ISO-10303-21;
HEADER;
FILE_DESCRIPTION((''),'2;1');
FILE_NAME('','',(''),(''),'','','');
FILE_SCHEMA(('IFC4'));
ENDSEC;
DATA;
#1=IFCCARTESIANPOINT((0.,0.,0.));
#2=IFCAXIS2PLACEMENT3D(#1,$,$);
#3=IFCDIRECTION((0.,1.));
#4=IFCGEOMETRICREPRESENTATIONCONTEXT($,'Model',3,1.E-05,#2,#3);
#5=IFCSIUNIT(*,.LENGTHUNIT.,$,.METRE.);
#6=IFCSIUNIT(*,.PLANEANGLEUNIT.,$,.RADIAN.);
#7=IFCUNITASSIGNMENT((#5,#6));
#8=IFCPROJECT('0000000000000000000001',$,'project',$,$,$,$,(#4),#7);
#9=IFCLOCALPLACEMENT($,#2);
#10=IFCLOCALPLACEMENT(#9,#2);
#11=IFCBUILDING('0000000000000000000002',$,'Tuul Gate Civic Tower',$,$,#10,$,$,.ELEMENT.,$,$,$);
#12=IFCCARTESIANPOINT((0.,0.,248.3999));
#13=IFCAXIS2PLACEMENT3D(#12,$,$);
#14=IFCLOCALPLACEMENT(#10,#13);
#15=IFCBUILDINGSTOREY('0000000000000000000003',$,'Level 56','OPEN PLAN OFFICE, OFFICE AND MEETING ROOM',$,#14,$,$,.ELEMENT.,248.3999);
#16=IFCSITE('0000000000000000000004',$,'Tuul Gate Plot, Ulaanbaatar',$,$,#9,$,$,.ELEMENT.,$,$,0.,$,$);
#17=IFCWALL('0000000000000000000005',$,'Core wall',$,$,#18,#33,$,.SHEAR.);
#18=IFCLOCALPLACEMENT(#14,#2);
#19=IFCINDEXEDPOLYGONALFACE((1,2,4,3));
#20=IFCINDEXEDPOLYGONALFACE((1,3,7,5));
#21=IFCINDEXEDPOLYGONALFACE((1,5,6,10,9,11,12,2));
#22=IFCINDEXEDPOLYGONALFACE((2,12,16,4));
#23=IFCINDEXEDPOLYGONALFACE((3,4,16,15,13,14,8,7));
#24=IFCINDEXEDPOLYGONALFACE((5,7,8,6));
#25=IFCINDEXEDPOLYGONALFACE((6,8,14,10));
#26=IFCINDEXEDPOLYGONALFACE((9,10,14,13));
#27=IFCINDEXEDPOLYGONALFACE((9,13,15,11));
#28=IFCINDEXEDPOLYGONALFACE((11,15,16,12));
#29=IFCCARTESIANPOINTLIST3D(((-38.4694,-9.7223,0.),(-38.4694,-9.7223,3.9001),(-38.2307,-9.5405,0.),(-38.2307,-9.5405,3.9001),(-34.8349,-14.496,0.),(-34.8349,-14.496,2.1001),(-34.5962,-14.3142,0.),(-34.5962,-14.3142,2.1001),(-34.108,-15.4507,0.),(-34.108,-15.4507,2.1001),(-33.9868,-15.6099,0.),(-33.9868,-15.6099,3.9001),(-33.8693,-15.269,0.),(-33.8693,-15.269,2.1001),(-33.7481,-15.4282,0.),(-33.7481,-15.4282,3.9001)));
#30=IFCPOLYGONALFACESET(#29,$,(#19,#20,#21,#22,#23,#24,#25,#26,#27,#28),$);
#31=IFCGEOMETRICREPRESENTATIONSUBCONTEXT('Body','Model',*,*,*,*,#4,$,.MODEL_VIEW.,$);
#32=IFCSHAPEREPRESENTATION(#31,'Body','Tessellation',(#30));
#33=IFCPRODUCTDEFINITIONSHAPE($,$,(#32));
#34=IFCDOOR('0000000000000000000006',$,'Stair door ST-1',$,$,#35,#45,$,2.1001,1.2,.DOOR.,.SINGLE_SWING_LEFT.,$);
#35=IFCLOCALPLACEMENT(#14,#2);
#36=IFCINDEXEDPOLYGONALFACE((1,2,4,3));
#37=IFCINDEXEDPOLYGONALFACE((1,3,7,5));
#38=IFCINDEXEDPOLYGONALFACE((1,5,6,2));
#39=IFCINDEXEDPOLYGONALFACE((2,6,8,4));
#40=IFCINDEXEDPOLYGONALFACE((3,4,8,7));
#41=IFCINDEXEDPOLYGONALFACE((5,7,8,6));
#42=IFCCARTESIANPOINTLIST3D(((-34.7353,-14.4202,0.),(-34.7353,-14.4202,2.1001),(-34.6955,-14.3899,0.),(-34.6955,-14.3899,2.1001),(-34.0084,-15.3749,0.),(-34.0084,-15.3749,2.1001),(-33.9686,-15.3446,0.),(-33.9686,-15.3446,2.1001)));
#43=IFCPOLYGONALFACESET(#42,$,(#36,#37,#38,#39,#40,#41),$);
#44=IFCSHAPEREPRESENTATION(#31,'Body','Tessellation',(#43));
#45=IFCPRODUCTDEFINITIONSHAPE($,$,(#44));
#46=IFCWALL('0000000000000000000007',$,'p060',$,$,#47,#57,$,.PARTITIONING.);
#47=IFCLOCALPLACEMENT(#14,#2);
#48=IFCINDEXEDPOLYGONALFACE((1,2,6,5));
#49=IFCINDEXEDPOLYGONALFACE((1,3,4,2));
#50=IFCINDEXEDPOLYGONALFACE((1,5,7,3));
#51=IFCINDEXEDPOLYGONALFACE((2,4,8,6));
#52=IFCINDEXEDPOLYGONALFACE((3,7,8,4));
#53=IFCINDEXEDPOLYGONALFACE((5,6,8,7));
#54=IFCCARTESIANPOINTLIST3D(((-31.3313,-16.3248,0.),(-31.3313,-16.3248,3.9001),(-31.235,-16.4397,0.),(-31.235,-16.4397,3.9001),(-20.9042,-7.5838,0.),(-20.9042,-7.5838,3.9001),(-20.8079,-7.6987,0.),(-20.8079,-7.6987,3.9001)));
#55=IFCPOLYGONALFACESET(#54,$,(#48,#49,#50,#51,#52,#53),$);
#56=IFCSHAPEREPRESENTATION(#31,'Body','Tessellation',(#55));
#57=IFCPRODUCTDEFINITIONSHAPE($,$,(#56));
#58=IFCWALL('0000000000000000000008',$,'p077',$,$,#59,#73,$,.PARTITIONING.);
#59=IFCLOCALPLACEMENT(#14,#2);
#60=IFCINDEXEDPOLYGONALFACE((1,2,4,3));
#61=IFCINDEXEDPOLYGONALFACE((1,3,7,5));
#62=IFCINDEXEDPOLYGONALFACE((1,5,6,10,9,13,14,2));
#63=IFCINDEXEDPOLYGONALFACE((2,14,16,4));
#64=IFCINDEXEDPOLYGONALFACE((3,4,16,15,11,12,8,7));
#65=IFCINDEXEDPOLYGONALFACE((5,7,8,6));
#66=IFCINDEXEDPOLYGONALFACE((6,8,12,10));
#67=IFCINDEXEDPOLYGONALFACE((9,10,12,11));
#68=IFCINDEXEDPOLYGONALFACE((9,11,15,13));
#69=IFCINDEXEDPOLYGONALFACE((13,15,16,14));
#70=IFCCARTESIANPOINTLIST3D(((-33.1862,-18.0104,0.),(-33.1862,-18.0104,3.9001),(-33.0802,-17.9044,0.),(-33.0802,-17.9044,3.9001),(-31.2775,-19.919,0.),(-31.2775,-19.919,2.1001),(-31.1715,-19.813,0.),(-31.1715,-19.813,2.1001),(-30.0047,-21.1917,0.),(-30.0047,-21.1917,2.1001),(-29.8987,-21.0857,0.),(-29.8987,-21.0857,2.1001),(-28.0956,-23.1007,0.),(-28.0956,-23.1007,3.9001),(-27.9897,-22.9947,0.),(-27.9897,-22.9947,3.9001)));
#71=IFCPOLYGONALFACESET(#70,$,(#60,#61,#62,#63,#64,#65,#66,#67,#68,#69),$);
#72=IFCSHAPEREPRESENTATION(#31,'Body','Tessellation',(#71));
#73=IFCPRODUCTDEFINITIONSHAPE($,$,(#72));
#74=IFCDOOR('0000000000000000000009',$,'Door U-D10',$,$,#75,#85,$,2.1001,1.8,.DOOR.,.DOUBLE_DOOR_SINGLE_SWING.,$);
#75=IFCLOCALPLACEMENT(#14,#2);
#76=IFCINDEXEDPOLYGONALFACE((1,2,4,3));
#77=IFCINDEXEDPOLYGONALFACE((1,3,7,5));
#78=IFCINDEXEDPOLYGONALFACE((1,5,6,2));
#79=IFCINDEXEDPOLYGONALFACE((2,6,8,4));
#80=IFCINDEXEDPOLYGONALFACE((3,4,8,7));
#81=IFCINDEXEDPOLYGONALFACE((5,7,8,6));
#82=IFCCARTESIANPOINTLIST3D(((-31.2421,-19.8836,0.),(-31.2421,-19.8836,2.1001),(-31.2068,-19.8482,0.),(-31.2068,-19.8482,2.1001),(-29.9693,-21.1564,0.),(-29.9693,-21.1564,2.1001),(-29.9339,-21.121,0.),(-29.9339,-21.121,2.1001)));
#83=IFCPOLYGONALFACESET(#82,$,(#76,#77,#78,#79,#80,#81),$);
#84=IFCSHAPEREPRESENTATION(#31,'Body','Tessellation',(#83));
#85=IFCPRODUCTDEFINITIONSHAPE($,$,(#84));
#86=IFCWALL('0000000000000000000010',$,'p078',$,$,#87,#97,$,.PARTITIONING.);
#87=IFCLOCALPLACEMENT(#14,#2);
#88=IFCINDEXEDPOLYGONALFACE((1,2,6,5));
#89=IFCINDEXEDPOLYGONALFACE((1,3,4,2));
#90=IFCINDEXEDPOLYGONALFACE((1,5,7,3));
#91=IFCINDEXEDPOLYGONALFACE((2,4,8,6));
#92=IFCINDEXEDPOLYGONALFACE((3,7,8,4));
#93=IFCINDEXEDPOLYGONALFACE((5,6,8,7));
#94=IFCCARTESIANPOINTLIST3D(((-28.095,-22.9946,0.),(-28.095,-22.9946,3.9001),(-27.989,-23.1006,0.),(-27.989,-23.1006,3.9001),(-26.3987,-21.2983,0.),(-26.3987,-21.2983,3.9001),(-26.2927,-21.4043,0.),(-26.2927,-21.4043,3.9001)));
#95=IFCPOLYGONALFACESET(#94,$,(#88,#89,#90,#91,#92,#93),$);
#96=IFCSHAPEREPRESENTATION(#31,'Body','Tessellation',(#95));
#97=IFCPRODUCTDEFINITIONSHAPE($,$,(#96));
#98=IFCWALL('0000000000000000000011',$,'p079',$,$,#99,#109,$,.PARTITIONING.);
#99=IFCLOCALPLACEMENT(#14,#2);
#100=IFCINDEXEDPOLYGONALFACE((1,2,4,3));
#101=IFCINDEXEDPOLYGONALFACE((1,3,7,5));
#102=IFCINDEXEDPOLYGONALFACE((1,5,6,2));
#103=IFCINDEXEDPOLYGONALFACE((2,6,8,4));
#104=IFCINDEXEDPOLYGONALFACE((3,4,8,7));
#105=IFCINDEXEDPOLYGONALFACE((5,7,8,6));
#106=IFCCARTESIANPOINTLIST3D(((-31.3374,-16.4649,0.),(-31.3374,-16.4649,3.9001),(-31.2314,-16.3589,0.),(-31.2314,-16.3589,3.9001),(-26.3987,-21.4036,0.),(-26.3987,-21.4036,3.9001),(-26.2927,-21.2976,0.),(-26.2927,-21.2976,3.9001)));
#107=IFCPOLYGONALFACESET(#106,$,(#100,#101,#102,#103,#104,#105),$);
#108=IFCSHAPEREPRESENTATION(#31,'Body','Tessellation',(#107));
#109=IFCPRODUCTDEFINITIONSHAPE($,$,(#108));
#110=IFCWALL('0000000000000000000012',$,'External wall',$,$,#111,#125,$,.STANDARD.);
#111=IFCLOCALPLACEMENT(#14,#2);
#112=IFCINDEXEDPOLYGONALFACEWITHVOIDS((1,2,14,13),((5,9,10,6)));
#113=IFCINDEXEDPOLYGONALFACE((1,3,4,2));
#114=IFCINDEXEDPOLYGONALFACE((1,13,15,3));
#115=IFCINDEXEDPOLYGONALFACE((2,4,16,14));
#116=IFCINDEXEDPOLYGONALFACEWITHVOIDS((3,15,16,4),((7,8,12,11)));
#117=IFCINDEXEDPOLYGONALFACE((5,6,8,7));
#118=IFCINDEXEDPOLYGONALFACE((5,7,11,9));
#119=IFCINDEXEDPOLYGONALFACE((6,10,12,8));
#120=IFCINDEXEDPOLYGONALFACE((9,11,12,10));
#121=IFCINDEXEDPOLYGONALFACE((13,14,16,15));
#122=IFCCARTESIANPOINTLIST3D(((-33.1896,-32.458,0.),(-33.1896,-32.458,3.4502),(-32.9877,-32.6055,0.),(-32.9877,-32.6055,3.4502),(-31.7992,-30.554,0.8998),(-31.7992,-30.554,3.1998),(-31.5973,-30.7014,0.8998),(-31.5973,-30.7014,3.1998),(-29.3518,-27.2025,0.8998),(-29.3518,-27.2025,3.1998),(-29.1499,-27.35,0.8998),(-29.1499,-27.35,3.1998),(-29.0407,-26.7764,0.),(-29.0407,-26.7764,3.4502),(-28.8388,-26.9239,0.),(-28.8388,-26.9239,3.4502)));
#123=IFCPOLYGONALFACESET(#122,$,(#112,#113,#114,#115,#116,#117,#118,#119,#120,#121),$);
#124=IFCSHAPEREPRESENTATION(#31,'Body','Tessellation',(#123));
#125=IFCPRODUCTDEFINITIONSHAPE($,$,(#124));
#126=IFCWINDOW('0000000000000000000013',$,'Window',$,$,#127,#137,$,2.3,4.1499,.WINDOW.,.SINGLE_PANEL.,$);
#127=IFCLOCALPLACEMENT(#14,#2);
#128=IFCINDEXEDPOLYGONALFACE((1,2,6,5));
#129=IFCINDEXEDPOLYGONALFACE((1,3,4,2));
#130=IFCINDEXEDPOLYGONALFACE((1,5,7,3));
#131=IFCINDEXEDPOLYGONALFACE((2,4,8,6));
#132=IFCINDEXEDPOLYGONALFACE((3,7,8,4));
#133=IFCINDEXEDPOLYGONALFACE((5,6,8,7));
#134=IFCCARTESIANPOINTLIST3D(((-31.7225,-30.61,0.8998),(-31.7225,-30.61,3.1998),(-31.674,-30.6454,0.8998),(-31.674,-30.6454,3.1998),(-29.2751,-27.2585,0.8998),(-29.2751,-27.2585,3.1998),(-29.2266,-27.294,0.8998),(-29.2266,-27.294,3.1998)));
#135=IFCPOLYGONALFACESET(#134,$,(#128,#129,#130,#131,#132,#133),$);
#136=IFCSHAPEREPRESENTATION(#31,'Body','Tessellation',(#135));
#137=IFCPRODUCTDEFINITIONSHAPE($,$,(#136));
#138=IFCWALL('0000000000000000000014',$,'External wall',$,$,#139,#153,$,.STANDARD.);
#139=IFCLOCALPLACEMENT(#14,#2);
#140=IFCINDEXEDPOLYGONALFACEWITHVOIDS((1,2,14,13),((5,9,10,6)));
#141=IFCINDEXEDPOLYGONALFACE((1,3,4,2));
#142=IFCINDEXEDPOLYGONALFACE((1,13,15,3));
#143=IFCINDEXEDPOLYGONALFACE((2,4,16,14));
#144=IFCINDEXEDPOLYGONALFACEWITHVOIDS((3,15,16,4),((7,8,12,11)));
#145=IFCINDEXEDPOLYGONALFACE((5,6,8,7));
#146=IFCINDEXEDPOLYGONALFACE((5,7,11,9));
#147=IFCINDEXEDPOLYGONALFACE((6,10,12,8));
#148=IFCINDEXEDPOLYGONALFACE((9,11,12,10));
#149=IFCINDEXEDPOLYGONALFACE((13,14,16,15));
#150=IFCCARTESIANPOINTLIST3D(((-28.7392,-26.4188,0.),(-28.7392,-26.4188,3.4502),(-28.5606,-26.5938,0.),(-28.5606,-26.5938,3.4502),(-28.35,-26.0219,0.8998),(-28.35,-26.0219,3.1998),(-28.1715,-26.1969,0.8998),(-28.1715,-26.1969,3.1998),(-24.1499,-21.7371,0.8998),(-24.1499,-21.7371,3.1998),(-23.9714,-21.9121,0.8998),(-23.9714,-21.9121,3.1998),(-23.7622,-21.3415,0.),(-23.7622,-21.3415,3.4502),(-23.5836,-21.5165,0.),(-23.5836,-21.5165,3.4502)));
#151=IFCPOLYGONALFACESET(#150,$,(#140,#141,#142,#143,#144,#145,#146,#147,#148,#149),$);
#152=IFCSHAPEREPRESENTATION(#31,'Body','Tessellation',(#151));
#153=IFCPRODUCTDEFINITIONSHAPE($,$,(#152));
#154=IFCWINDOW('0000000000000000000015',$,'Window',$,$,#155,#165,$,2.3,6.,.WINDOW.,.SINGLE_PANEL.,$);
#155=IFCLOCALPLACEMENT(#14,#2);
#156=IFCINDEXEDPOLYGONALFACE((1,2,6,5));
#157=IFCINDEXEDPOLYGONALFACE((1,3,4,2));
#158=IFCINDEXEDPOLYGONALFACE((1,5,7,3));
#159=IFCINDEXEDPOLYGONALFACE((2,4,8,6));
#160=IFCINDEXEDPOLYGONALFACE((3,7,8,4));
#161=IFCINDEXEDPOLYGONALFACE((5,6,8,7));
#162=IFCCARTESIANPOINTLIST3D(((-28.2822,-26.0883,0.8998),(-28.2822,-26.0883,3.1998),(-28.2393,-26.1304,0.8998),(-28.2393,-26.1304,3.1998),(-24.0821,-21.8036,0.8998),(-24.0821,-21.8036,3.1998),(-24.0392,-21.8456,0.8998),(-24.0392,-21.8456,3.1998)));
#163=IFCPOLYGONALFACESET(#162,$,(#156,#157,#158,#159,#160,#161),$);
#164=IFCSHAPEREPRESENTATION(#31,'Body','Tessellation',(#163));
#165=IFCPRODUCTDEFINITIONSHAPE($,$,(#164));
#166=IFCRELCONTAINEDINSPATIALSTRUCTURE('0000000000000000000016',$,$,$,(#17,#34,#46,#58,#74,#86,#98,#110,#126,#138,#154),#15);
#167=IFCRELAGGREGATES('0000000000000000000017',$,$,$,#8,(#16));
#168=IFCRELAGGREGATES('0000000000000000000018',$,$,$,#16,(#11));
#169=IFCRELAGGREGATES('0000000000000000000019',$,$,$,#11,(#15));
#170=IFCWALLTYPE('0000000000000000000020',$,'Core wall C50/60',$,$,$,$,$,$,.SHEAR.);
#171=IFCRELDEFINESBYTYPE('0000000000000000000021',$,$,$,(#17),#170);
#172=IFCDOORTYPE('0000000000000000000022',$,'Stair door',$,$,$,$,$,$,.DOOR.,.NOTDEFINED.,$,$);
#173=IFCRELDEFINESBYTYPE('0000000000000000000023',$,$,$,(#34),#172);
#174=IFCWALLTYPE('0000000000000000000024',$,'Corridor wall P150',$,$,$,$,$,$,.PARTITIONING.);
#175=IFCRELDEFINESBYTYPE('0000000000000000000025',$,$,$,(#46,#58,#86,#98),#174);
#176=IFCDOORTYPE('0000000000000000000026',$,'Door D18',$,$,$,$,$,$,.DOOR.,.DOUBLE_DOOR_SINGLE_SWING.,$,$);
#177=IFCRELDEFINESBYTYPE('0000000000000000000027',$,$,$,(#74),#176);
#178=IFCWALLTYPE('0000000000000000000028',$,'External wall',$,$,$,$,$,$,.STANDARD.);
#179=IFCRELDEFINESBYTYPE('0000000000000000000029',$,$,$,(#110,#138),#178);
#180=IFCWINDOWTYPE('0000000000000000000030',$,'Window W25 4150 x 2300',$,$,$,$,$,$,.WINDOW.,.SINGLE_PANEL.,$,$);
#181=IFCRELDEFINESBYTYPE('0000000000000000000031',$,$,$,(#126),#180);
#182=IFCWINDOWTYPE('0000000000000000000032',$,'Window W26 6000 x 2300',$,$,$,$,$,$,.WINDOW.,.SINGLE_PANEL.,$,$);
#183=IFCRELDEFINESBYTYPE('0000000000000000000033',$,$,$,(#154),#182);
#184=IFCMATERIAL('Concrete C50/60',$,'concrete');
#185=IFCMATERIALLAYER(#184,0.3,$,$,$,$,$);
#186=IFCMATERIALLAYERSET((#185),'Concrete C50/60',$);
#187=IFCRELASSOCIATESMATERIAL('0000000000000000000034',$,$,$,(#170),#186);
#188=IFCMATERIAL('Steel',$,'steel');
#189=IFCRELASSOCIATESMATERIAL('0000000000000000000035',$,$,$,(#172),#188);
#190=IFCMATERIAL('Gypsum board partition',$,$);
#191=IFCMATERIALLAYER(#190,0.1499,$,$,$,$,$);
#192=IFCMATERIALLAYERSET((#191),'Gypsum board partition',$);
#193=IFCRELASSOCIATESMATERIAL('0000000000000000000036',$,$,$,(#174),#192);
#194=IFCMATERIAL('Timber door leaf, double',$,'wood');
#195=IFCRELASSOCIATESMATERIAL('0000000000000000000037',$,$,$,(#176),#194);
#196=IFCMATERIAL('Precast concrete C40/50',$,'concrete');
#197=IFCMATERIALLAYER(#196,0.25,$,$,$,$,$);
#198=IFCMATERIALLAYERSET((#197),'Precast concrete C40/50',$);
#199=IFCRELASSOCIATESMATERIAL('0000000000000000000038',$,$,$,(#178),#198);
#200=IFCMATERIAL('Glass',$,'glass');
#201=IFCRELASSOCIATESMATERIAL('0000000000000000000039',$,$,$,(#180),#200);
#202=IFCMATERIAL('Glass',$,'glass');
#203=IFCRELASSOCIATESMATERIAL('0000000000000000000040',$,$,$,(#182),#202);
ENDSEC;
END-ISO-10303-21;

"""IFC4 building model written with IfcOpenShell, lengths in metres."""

from ifc_helpers import new_model, si_unit, direction, frame, frame_2d, origin, place, context, subcontext, project, spatial, rectangle, extrude, material, layer, layer_set, type_object, element, fill, save


model = new_model("IFC4")

# Units and contexts
model_context = context("Model", 3, precision=1e-05, world=origin(), true_north=direction((0.0, 1.0)))
body_context = subcontext(model_context, "Body", "Model", "MODEL_VIEW")
ifc_project = project(units=[si_unit("LENGTHUNIT", "METRE"), si_unit("PLANEANGLEUNIT", "RADIAN")], contexts=[model_context])

# Site, building, storey
site_placement = place(None, origin())
site = spatial("IfcSite", under=ifc_project, at=site_placement, Name="Tuul Gate Plot, Ulaanbaatar", CompositionType="ELEMENT", RefElevation=0.0)
building_placement = place(site_placement, origin())
building = spatial("IfcBuilding", under=site, at=building_placement, Name="Tuul Gate Civic Tower", CompositionType="ELEMENT")
storey_placement = place(building_placement, frame((0.0, 0.0, 248.3999)))
storey = spatial("IfcBuildingStorey", under=building, at=storey_placement, Name="Level 56", Description="OPEN PLAN OFFICE, OFFICE AND MEETING ROOM", CompositionType="ELEMENT", Elevation=248.3999)

# Shared definitions
ifc_material_1 = material(Name="Concrete C50/60", Category="concrete")
ifc_layer_1 = layer(ifc_material_1, 0.3)
ifc_layer_set_1 = layer_set([ifc_layer_1], Name="Concrete C50/60")
wall_type_1 = type_object("IfcWallType", Name="Core wall C50/60", PredefinedType="SHEAR", material=ifc_layer_set_1)

# Wall, opening, door
wall_1_placement = place(storey_placement, frame((-33.8674, -15.519, 0.0), z_axis=(0.0, 0.0, 1.0), x_axis=(-0.60577, 0.79564, 0.0)))
wall_1 = element("IfcWall", 1, at=wall_1_placement, inside=storey, type_object=wall_type_1, Name="Core wall", PredefinedType="SHEAR", context=body_context, shape_type="SweptSolid", body=[
    extrude(rectangle(XDim=7.3999, YDim=0.3, at=frame_2d((3.7, 0.0))), origin(), (0.0, 0.0, 1.0), 3.9001),
])
opening_1_placement = place(wall_1_placement, frame((0.2, 0.0, 0.0)))
opening_1 = element("IfcOpeningElement", 2, at=opening_1_placement, cuts=wall_1, PredefinedType="OPENING", context=body_context, shape_type="SweptSolid", body=[
    extrude(rectangle(XDim=1.2, YDim=2.1001, at=frame_2d((0.6001, 1.05))), frame((0.0, 0.1602, 0.0), z_axis=(0.0, -1.0, 0.0), x_axis=(1.0, 0.0, 0.0)), (0.0, 0.0, 1.0), 0.3201),
])
ifc_material_2 = material(Name="Steel", Category="steel")
door_type_1 = type_object("IfcDoorType", Name="Stair door", OperationType="NOTDEFINED", PredefinedType="DOOR", material=ifc_material_2)
door_1_placement = place(opening_1_placement, origin())
door_1 = element("IfcDoor", 3, at=door_1_placement, inside=storey, type_object=door_type_1, Name="Stair door ST-1", OperationType="SINGLE_SWING_LEFT", OverallHeight=2.1001, OverallWidth=1.2, PredefinedType="DOOR", context=body_context, shape_type="SweptSolid", body=[
    extrude(rectangle(XDim=1.2, YDim=2.1001, at=frame_2d((0.6001, 1.05))), frame((0.0, 0.0249, 0.0), z_axis=(0.0, -1.0, 0.0), x_axis=(1.0, 0.0, 0.0)), (0.0, 0.0, 1.0), 0.05),
])
fill(opening_1, door_1)

# Wall
ifc_material_3 = material(Name="Gypsum board partition")
ifc_layer_2 = layer(ifc_material_3, 0.1499)
ifc_layer_set_2 = layer_set([ifc_layer_2], Name="Gypsum board partition")
wall_type_2 = type_object("IfcWallType", Name="Corridor wall P150", PredefinedType="PARTITIONING", material=ifc_layer_set_2)
wall_2_placement = place(storey_placement, frame((-31.2832, -16.3823, 0.0), z_axis=(0.0, 0.0, 1.0), x_axis=(0.766346, 0.642428, 0.0)))
element("IfcWall", 4, at=wall_2_placement, inside=storey, type_object=wall_type_2, Name="p060", PredefinedType="PARTITIONING", context=body_context, shape_type="SweptSolid", body=[
    extrude(rectangle(XDim=13.6062, YDim=0.1499, at=frame_2d((6.8032, 0.0))), origin(), (0.0, 0.0, 1.0), 3.9001),
])

# Wall, opening, door
wall_3_placement = place(storey_placement, frame((-33.1333, -17.9573, 0.0), z_axis=(0.0, 0.0, 1.0), x_axis=(0.707124, -0.70709, 0.0)))
wall_3 = element("IfcWall", 5, at=wall_3_placement, inside=storey, type_object=wall_type_2, Name="p077", PredefinedType="PARTITIONING", context=body_context, shape_type="SweptSolid", body=[
    extrude(rectangle(XDim=7.199, YDim=0.1499, at=frame_2d((3.5996, 0.0))), origin(), (0.0, 0.0, 1.0), 3.9001),
])
opening_2_placement = place(wall_3_placement, frame((2.6995, 0.0, 0.0)))
opening_2 = element("IfcOpeningElement", 6, at=opening_2_placement, cuts=wall_3, PredefinedType="OPENING", context=body_context, shape_type="SweptSolid", body=[
    extrude(rectangle(XDim=1.8, YDim=2.1001, at=frame_2d((0.8999, 1.05))), frame((0.0, 0.085, 0.0), z_axis=(0.0, -1.0, 0.0), x_axis=(1.0, 0.0, 0.0)), (0.0, 0.0, 1.0), 0.1699),
])
ifc_material_4 = material(Name="Timber door leaf, double", Category="wood")
door_type_2 = type_object("IfcDoorType", Name="Door D18", OperationType="DOUBLE_DOOR_SINGLE_SWING", PredefinedType="DOOR", material=ifc_material_4)
door_2_placement = place(opening_2_placement, frame((1.8, 0.0, 0.0), z_axis=(0.0, 0.0, 1.0), x_axis=(-1.0, 0.0, 0.0)))
door_2 = element("IfcDoor", 7, at=door_2_placement, inside=storey, type_object=door_type_2, Name="Door U-D10", OperationType="DOUBLE_DOOR_SINGLE_SWING", OverallHeight=2.1001, OverallWidth=1.8, PredefinedType="DOOR", context=body_context, shape_type="SweptSolid", body=[
    extrude(rectangle(XDim=1.8, YDim=2.1001, at=frame_2d((0.9001, 1.05))), frame((0.0, 0.0249, 0.0), z_axis=(0.0, -1.0, 0.0), x_axis=(1.0, 0.0, 0.0)), (0.0, 0.0, 1.0), 0.05),
])
fill(opening_2, door_2)

# Walls
wall_4_placement = place(storey_placement, frame((-28.042, -23.0476, 0.0), z_axis=(0.0, 0.0, 1.0), x_axis=(0.707107, 0.707107, 0.0)))
element("IfcWall", 8, at=wall_4_placement, inside=storey, type_object=wall_type_2, Name="p078", PredefinedType="PARTITIONING", context=body_context, shape_type="SweptSolid", body=[
    extrude(rectangle(XDim=2.3989, YDim=0.1499, at=frame_2d((1.1995, 0.0))), origin(), (0.0, 0.0, 1.0), 3.9001),
])
wall_5_placement = place(storey_placement, frame((-31.2844, -16.4119, 0.0), z_axis=(0.0, 0.0, 1.0), x_axis=(0.707107, -0.707107, 0.0)))
element("IfcWall", 9, at=wall_5_placement, inside=storey, type_object=wall_type_2, Name="p079", PredefinedType="PARTITIONING", context=body_context, shape_type="SweptSolid", body=[
    extrude(rectangle(XDim=6.9844, YDim=0.1499, at=frame_2d((3.4922, 0.0))), origin(), (0.0, 0.0, 1.0), 3.9001),
])

# Walls, openings, windows
ifc_material_5 = material(Name="Precast concrete C40/50", Category="concrete")
ifc_layer_3 = layer(ifc_material_5, 0.25)
ifc_layer_set_3 = layer_set([ifc_layer_3], Name="Precast concrete C40/50")
wall_type_3 = type_object("IfcWallType", Name="External wall", PredefinedType="STANDARD", material=ifc_layer_set_3)
wall_6_placement = place(storey_placement, frame((-33.0886, -32.5317, 0.0), z_axis=(0.0, 0.0, 1.0), x_axis=(0.589735, 0.807597, 0.0)))
wall_6 = element("IfcWall", 10, at=wall_6_placement, inside=storey, type_object=wall_type_3, Name="External wall", PredefinedType="STANDARD", context=body_context, shape_type="SweptSolid", body=[
    extrude(rectangle(XDim=7.0352, YDim=0.25, at=frame_2d((3.5176, 0.0))), origin(), (0.0, 0.0, 1.0), 3.4502),
])
opening_3_placement = place(wall_6_placement, frame((2.3577, 0.0, 0.8999)))
opening_3 = element("IfcOpeningElement", 11, at=opening_3_placement, cuts=wall_6, PredefinedType="OPENING", context=body_context, shape_type="SweptSolid", body=[
    extrude(rectangle(XDim=4.1499, YDim=2.3, at=frame_2d((2.075, 1.1499))), frame((0.0, 0.135, 0.0), z_axis=(0.0, -1.0, 0.0), x_axis=(1.0, 0.0, 0.0)), (0.0, 0.0, 1.0), 0.27),
])
ifc_material_6 = material(Name="Glass", Category="glass")
window_type_1 = type_object("IfcWindowType", Name="Window W25 4150 x 2300", PartitioningType="SINGLE_PANEL", PredefinedType="WINDOW", material=ifc_material_6)
window_1_placement = place(opening_3_placement, origin())
window_1 = element("IfcWindow", 12, at=window_1_placement, inside=storey, type_object=window_type_1, Name="Window", OverallHeight=2.3, OverallWidth=4.1499, PartitioningType="SINGLE_PANEL", PredefinedType="WINDOW", context=body_context, shape_type="SweptSolid", body=[
    extrude(rectangle(XDim=4.1499, YDim=2.3, at=frame_2d((2.075, 1.1499))), frame((0.0, 0.03, 0.0), z_axis=(0.0, -1.0, 0.0), x_axis=(1.0, 0.0, 0.0)), (0.0, 0.0, 1.0), 0.0601),
])
fill(opening_3, window_1)
wall_7_placement = place(storey_placement, frame((-28.6499, -26.5063, 0.0), z_axis=(0.0, 0.0, 1.0), x_axis=(0.700015, 0.714128, 0.0)))
wall_7 = element("IfcWall", 13, at=wall_7_placement, inside=storey, type_object=wall_type_3, Name="External wall", PredefinedType="STANDARD", context=body_context, shape_type="SweptSolid", body=[
    extrude(rectangle(XDim=7.1099, YDim=0.25, at=frame_2d((3.5549, 0.0))), origin(), (0.0, 0.0, 1.0), 3.4502),
])
opening_4_placement = place(wall_7_placement, frame((0.5559, 0.0, 0.8999)))
opening_4 = element("IfcOpeningElement", 14, at=opening_4_placement, cuts=wall_7, PredefinedType="OPENING", context=body_context, shape_type="SweptSolid", body=[
    extrude(rectangle(XDim=6.0, YDim=2.3, at=frame_2d((3.0, 1.1499))), frame((0.0, 0.135, 0.0), z_axis=(0.0, -1.0, 0.0), x_axis=(1.0, 0.0, 0.0)), (0.0, 0.0, 1.0), 0.27),
])
ifc_material_7 = material(Name="Glass", Category="glass")
window_type_2 = type_object("IfcWindowType", Name="Window W26 6000 x 2300", PartitioningType="SINGLE_PANEL", PredefinedType="WINDOW", material=ifc_material_7)
window_2_placement = place(opening_4_placement, origin())
window_2 = element("IfcWindow", 15, at=window_2_placement, inside=storey, type_object=window_type_2, Name="Window", OverallHeight=2.3, OverallWidth=6.0, PartitioningType="SINGLE_PANEL", PredefinedType="WINDOW", context=body_context, shape_type="SweptSolid", body=[
    extrude(rectangle(XDim=6.0, YDim=2.3, at=frame_2d((3.0, 1.1499))), frame((0.0, 0.03, 0.0), z_axis=(0.0, -1.0, 0.0), x_axis=(1.0, 0.0, 0.0)), (0.0, 0.0, 1.0), 0.0601),
])
fill(opening_4, window_2)

save(model, "model.ifc")
